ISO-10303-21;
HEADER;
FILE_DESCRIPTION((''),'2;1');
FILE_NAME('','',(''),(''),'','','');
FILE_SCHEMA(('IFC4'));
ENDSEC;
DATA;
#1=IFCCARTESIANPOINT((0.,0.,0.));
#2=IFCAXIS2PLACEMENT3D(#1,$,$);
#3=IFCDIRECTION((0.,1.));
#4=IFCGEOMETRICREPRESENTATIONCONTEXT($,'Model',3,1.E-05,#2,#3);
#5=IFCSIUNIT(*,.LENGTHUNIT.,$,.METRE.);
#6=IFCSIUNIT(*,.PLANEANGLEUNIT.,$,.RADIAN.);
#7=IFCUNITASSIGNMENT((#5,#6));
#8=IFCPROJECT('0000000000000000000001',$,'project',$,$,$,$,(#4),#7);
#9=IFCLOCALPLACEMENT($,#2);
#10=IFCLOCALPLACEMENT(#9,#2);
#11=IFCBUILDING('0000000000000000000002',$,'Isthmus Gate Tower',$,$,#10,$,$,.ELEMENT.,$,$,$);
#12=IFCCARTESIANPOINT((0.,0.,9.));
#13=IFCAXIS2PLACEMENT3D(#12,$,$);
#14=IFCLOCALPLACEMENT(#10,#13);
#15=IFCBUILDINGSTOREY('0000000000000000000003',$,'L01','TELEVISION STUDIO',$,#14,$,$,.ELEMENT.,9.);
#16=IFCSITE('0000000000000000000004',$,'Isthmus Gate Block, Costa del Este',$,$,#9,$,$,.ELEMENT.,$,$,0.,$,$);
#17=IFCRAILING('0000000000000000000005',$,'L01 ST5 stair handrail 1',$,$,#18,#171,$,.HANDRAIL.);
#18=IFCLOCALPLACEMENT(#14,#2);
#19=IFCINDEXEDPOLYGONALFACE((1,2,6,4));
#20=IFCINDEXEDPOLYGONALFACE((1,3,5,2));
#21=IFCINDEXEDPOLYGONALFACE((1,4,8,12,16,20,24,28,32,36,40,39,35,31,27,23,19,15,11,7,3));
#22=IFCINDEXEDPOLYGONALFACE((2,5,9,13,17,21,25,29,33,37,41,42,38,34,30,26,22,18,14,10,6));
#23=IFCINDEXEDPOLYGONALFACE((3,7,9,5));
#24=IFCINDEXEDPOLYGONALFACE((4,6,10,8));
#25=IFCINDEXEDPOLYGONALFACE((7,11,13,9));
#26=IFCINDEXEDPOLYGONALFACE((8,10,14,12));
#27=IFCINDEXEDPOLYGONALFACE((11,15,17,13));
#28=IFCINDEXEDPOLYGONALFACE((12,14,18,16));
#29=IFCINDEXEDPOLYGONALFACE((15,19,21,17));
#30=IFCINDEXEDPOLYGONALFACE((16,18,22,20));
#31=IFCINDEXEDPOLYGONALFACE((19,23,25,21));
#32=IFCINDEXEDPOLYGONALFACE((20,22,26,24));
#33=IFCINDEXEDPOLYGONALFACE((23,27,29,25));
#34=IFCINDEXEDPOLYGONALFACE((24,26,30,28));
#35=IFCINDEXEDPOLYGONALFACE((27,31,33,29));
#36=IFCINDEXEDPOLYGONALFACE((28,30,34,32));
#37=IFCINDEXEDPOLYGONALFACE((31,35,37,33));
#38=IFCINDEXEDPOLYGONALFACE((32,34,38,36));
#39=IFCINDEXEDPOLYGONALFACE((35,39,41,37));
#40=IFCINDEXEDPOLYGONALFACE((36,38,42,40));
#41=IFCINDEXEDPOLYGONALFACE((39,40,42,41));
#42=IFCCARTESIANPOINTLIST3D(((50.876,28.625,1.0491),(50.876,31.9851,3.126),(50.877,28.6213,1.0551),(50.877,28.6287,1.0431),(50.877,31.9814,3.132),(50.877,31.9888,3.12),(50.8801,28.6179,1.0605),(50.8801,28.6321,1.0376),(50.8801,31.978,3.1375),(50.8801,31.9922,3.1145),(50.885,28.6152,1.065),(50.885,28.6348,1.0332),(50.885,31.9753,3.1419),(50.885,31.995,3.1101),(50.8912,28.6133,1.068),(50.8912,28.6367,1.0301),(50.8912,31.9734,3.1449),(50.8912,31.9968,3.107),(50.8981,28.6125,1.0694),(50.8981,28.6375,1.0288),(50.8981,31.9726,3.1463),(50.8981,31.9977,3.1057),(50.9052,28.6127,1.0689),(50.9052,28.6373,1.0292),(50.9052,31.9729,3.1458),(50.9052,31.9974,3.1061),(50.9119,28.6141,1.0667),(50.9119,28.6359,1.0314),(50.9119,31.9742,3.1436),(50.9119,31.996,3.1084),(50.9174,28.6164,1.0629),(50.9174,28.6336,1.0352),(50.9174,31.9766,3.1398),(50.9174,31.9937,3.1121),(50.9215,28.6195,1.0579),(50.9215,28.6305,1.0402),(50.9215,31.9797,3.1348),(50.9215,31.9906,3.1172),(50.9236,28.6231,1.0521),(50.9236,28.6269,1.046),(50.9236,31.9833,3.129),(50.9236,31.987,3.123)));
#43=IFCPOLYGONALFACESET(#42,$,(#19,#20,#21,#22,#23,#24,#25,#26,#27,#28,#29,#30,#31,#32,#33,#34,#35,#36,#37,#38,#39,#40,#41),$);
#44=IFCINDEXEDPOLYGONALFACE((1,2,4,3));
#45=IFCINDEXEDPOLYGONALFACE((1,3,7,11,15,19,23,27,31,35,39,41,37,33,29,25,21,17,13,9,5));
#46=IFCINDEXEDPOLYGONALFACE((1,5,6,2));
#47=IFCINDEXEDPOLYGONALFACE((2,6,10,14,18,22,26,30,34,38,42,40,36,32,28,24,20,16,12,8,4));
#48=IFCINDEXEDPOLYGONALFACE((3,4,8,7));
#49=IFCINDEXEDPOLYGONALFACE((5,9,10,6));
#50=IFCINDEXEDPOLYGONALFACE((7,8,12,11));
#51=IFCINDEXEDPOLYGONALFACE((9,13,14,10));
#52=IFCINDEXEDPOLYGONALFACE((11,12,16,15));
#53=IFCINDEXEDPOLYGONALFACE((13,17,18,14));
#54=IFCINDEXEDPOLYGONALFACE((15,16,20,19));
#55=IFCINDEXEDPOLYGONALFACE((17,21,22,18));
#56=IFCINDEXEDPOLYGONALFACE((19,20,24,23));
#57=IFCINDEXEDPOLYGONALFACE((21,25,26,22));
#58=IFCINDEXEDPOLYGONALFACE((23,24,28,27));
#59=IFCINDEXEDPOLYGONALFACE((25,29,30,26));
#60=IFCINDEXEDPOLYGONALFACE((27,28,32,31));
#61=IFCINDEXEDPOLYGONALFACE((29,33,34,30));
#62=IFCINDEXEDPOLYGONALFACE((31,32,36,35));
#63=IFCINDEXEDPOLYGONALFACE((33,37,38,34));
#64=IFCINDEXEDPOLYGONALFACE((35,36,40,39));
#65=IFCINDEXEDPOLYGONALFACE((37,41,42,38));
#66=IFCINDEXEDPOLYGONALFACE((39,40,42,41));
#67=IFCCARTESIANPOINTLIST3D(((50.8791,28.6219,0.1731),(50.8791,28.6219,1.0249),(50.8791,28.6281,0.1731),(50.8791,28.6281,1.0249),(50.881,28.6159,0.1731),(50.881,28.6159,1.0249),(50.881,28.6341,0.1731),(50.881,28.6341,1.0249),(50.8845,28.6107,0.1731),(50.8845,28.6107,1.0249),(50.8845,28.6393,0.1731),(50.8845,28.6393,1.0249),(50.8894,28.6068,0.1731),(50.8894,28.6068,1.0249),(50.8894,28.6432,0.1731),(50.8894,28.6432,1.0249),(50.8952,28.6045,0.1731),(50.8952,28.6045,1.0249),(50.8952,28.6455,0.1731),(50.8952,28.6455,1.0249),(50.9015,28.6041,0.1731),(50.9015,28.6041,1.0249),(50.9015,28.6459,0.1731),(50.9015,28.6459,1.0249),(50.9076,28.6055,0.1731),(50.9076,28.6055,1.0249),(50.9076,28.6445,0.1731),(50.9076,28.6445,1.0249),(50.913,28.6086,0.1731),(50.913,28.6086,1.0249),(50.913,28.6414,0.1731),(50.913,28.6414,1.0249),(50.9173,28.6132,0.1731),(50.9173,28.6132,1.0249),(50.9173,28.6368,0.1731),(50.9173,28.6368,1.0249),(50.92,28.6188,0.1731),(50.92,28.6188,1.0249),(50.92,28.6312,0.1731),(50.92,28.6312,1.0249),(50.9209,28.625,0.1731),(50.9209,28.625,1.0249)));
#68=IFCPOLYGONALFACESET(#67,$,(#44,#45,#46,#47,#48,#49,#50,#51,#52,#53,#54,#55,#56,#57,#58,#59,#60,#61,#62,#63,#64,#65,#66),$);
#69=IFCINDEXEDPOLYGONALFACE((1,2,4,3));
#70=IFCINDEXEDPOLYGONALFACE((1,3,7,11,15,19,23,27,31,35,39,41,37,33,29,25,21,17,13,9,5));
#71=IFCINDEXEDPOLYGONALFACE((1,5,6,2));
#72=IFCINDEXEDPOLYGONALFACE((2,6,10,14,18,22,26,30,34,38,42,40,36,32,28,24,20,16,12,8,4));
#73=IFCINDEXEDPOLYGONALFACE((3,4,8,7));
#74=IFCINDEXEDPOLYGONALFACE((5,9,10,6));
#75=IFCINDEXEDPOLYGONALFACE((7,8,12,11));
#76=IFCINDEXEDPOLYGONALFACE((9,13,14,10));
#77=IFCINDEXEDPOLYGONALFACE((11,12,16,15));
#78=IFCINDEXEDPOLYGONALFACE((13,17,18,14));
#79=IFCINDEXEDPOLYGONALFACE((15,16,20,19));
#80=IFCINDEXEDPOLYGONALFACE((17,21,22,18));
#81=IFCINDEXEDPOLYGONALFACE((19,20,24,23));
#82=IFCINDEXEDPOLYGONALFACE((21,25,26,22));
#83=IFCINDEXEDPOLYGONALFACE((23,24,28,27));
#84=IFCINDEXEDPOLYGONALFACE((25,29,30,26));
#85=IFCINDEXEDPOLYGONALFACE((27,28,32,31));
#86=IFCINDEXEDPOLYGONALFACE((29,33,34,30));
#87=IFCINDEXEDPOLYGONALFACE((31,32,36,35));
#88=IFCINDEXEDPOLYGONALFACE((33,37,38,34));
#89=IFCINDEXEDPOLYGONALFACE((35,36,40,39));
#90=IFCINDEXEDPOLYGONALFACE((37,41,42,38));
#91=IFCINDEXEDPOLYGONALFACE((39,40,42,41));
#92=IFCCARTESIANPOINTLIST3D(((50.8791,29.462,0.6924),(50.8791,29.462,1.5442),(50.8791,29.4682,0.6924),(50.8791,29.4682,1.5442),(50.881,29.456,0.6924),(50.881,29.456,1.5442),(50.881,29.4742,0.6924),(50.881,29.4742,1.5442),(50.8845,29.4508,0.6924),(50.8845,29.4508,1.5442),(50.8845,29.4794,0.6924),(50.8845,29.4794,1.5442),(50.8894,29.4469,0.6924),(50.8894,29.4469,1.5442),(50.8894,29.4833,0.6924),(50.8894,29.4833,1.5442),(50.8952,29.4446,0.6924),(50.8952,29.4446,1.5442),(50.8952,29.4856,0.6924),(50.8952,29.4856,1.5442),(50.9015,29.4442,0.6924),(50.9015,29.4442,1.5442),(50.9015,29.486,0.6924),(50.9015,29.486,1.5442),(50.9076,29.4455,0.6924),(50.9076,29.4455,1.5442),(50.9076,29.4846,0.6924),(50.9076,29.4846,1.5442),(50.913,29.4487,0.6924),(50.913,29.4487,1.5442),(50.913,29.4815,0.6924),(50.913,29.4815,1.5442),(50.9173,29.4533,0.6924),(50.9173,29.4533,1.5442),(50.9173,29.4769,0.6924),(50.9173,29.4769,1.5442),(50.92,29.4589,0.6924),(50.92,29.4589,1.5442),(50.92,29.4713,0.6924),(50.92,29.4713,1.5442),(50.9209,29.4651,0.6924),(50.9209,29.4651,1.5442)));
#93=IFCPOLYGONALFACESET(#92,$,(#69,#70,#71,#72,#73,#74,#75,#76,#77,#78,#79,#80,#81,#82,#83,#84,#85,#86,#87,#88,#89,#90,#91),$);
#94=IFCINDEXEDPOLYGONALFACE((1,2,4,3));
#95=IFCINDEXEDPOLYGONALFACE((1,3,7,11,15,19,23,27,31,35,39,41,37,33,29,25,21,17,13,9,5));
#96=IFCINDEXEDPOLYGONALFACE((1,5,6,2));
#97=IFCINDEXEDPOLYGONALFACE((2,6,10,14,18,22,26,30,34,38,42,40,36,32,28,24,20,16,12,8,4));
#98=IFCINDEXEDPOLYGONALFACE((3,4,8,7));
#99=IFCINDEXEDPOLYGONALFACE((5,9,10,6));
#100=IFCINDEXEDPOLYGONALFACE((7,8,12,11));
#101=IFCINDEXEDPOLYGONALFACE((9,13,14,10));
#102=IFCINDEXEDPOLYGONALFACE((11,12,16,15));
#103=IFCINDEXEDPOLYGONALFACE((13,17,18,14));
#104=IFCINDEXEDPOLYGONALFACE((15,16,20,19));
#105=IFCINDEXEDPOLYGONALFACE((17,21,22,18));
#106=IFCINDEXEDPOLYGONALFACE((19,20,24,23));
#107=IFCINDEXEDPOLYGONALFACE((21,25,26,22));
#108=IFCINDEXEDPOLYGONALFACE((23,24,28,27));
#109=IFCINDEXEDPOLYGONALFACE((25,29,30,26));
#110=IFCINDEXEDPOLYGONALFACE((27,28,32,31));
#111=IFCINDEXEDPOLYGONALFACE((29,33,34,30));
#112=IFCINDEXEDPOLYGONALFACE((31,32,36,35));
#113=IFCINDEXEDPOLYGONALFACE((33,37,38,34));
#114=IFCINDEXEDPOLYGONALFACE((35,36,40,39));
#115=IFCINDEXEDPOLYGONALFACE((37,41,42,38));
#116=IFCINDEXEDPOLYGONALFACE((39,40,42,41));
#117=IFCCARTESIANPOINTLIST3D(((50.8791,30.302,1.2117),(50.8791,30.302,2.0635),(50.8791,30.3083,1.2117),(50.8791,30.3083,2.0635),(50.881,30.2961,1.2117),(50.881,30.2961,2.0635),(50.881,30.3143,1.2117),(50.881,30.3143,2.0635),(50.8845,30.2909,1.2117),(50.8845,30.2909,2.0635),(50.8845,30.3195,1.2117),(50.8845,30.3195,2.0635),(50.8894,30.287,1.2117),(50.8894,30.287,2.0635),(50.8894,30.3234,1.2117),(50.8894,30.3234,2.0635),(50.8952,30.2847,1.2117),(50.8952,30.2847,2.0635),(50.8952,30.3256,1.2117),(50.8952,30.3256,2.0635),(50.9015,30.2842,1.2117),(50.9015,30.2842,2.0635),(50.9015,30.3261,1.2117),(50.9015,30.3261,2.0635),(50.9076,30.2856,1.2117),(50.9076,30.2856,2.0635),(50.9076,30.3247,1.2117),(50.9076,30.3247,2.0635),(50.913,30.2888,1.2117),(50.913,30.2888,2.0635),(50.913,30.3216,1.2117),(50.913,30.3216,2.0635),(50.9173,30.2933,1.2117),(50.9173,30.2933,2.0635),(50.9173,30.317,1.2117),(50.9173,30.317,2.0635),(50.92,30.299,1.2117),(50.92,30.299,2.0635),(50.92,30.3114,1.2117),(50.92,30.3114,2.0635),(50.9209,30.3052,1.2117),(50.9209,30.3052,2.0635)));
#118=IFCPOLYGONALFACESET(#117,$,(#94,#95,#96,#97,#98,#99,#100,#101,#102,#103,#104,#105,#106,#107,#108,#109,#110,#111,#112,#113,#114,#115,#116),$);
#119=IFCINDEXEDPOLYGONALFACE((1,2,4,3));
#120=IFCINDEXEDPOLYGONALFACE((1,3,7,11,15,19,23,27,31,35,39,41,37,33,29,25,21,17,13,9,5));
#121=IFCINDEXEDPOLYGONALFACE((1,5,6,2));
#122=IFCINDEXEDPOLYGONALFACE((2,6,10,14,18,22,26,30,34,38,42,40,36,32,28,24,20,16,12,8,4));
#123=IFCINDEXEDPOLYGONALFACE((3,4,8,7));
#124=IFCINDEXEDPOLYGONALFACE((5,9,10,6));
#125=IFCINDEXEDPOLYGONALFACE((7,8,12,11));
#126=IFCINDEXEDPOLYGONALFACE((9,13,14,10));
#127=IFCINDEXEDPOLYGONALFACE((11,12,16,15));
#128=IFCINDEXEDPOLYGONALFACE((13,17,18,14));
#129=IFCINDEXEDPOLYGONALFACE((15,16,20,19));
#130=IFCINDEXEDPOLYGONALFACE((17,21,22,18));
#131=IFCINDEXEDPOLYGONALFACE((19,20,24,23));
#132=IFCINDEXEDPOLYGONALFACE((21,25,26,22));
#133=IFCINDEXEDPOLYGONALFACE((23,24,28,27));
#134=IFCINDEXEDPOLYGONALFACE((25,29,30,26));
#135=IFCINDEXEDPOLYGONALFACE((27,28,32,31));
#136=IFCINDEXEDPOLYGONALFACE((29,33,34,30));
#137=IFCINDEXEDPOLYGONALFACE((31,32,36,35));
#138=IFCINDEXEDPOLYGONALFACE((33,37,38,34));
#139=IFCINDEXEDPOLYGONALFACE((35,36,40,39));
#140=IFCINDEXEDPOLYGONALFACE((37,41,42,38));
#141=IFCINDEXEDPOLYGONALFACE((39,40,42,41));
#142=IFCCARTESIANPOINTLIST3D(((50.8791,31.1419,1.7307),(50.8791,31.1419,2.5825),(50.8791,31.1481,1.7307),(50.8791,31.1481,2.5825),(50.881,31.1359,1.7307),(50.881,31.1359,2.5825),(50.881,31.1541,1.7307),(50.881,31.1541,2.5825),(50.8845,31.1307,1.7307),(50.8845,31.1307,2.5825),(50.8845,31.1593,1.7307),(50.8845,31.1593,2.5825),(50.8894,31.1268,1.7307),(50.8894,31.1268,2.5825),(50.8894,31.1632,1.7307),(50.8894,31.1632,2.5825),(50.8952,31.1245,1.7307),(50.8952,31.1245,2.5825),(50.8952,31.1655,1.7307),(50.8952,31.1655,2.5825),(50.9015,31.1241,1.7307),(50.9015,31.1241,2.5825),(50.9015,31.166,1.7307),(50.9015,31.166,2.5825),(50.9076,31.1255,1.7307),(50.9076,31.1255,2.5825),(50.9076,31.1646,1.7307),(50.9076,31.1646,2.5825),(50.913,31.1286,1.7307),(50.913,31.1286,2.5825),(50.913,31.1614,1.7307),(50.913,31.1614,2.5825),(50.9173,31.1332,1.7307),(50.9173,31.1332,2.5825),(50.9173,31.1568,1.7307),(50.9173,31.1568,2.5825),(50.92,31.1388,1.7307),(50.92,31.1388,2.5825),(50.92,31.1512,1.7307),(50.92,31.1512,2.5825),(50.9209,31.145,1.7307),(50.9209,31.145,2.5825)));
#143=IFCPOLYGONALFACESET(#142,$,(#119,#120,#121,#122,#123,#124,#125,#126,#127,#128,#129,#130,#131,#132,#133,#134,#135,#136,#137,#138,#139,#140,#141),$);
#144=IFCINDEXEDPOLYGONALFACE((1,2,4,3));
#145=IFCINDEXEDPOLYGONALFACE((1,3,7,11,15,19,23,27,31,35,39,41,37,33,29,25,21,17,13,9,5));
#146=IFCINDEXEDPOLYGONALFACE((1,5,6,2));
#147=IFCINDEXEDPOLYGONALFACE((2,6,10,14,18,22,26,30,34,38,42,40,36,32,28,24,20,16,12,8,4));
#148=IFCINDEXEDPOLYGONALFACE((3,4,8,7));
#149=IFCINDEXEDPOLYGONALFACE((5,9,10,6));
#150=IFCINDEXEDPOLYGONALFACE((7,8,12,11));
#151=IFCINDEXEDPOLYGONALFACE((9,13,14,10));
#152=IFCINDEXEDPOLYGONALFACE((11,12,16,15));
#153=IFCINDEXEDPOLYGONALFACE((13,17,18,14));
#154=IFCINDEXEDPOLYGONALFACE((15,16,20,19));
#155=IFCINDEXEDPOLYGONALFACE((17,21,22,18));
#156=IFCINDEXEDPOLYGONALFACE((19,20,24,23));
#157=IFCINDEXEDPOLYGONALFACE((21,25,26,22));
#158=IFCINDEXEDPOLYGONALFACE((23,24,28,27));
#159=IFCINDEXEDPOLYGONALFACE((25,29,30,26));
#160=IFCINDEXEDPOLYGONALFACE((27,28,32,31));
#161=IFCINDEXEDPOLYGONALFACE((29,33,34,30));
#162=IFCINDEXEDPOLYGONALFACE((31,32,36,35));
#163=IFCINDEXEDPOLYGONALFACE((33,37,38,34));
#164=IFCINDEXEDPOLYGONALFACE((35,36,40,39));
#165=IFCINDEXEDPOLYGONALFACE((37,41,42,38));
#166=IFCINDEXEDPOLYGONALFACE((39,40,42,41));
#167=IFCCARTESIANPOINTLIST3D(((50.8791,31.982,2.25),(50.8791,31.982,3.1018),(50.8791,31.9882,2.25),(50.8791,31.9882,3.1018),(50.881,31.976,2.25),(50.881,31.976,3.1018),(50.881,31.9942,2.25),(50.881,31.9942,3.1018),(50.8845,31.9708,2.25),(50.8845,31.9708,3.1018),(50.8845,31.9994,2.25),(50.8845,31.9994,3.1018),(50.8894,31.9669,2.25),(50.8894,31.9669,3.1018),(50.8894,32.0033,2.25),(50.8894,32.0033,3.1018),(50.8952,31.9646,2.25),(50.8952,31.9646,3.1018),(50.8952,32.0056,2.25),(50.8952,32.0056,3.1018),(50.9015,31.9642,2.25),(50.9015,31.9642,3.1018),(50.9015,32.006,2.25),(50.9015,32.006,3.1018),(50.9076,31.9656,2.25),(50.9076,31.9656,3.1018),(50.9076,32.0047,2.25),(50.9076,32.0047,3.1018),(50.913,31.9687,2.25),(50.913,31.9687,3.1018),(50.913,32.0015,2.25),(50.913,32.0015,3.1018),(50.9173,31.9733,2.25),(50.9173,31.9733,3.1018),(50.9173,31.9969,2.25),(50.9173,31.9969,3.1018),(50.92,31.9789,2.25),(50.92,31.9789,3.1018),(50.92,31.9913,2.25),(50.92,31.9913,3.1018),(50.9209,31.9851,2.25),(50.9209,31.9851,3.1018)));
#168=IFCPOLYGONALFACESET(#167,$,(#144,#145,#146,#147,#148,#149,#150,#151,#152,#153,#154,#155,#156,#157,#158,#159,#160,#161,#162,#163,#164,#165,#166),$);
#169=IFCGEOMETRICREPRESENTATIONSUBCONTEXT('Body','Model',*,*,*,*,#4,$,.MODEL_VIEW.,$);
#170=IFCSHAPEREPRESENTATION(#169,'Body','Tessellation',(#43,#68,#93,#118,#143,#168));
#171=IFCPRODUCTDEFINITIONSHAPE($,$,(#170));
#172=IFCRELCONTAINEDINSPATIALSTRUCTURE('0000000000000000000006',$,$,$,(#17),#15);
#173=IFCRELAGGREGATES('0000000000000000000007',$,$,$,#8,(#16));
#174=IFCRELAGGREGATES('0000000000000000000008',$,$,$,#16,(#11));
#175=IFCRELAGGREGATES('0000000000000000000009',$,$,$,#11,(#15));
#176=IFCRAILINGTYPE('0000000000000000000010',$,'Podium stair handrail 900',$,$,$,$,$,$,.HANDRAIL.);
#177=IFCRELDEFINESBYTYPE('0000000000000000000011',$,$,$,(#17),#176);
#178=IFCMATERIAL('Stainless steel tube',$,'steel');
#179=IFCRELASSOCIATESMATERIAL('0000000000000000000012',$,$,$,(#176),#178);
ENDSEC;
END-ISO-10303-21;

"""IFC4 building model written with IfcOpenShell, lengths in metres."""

from ifc_helpers import new_model, si_unit, direction, frame, origin, origin_2d, place, context, subcontext, project, spatial, circle, extrude, material, type_object, element, save


model = new_model("IFC4")

# Units and contexts
model_context = context("Model", 3, precision=1e-05, world=origin(), true_north=direction((0.0, 1.0)))
body_context = subcontext(model_context, "Body", "Model", "MODEL_VIEW")
ifc_project = project(units=[si_unit("LENGTHUNIT", "METRE"), si_unit("PLANEANGLEUNIT", "RADIAN")], contexts=[model_context])

# Site, building, storey
site_placement = place(None, origin())
site = spatial("IfcSite", under=ifc_project, at=site_placement, Name="Isthmus Gate Block, Costa del Este", CompositionType="ELEMENT", RefElevation=0.0)
building_placement = place(site_placement, origin())
building = spatial("IfcBuilding", under=site, at=building_placement, Name="Isthmus Gate Tower", CompositionType="ELEMENT")
storey_placement = place(building_placement, frame((0.0, 0.0, 9.0)))
storey = spatial("IfcBuildingStorey", under=building, at=storey_placement, Name="L01", Description="TELEVISION STUDIO", CompositionType="ELEMENT", Elevation=9.0)

# Railing
ifc_material_1 = material(Name="Stainless steel tube", Category="steel")
railing_type_1 = type_object("IfcRailingType", Name="Podium stair handrail 900", PredefinedType="HANDRAIL", material=ifc_material_1)
for number, where, name in (
    (1, (50.8999, 28.625, 0.1731), "L01 ST5 stair handrail 1"),
):
    element("IfcRailing", number, at=place(storey_placement, frame(where)), inside=storey, type_object=railing_type_1, Name=name, PredefinedType="HANDRAIL", context=body_context, shape_type="SweptSolid", body=[
        extrude(circle(Radius=0.0239, at=origin_2d()), frame((0.0, 0.0, 0.876), z_axis=(0.0, 0.850623, 0.525776), x_axis=(-1.0, 0.0, 0.0)), (0.0, 0.0, 1.0), 3.9502),
        extrude(circle(Radius=0.021, at=origin_2d()), origin(), (0.0, 0.0, 1.0), 0.8518),
        extrude(circle(Radius=0.021, at=origin_2d()), frame((0.0, 0.8401, 0.5193)), (0.0, 0.0, 1.0), 0.8518),
        extrude(circle(Radius=0.021, at=origin_2d()), frame((0.0, 1.6802, 1.0386)), (0.0, 0.0, 1.0), 0.8518),
        extrude(circle(Radius=0.021, at=origin_2d()), frame((0.0, 2.52, 1.5576)), (0.0, 0.0, 1.0), 0.8518),
        extrude(circle(Radius=0.021, at=origin_2d()), frame((0.0, 3.3601, 2.0769)), (0.0, 0.0, 1.0), 0.8518),
    ])

save(model, "model.ifc")
